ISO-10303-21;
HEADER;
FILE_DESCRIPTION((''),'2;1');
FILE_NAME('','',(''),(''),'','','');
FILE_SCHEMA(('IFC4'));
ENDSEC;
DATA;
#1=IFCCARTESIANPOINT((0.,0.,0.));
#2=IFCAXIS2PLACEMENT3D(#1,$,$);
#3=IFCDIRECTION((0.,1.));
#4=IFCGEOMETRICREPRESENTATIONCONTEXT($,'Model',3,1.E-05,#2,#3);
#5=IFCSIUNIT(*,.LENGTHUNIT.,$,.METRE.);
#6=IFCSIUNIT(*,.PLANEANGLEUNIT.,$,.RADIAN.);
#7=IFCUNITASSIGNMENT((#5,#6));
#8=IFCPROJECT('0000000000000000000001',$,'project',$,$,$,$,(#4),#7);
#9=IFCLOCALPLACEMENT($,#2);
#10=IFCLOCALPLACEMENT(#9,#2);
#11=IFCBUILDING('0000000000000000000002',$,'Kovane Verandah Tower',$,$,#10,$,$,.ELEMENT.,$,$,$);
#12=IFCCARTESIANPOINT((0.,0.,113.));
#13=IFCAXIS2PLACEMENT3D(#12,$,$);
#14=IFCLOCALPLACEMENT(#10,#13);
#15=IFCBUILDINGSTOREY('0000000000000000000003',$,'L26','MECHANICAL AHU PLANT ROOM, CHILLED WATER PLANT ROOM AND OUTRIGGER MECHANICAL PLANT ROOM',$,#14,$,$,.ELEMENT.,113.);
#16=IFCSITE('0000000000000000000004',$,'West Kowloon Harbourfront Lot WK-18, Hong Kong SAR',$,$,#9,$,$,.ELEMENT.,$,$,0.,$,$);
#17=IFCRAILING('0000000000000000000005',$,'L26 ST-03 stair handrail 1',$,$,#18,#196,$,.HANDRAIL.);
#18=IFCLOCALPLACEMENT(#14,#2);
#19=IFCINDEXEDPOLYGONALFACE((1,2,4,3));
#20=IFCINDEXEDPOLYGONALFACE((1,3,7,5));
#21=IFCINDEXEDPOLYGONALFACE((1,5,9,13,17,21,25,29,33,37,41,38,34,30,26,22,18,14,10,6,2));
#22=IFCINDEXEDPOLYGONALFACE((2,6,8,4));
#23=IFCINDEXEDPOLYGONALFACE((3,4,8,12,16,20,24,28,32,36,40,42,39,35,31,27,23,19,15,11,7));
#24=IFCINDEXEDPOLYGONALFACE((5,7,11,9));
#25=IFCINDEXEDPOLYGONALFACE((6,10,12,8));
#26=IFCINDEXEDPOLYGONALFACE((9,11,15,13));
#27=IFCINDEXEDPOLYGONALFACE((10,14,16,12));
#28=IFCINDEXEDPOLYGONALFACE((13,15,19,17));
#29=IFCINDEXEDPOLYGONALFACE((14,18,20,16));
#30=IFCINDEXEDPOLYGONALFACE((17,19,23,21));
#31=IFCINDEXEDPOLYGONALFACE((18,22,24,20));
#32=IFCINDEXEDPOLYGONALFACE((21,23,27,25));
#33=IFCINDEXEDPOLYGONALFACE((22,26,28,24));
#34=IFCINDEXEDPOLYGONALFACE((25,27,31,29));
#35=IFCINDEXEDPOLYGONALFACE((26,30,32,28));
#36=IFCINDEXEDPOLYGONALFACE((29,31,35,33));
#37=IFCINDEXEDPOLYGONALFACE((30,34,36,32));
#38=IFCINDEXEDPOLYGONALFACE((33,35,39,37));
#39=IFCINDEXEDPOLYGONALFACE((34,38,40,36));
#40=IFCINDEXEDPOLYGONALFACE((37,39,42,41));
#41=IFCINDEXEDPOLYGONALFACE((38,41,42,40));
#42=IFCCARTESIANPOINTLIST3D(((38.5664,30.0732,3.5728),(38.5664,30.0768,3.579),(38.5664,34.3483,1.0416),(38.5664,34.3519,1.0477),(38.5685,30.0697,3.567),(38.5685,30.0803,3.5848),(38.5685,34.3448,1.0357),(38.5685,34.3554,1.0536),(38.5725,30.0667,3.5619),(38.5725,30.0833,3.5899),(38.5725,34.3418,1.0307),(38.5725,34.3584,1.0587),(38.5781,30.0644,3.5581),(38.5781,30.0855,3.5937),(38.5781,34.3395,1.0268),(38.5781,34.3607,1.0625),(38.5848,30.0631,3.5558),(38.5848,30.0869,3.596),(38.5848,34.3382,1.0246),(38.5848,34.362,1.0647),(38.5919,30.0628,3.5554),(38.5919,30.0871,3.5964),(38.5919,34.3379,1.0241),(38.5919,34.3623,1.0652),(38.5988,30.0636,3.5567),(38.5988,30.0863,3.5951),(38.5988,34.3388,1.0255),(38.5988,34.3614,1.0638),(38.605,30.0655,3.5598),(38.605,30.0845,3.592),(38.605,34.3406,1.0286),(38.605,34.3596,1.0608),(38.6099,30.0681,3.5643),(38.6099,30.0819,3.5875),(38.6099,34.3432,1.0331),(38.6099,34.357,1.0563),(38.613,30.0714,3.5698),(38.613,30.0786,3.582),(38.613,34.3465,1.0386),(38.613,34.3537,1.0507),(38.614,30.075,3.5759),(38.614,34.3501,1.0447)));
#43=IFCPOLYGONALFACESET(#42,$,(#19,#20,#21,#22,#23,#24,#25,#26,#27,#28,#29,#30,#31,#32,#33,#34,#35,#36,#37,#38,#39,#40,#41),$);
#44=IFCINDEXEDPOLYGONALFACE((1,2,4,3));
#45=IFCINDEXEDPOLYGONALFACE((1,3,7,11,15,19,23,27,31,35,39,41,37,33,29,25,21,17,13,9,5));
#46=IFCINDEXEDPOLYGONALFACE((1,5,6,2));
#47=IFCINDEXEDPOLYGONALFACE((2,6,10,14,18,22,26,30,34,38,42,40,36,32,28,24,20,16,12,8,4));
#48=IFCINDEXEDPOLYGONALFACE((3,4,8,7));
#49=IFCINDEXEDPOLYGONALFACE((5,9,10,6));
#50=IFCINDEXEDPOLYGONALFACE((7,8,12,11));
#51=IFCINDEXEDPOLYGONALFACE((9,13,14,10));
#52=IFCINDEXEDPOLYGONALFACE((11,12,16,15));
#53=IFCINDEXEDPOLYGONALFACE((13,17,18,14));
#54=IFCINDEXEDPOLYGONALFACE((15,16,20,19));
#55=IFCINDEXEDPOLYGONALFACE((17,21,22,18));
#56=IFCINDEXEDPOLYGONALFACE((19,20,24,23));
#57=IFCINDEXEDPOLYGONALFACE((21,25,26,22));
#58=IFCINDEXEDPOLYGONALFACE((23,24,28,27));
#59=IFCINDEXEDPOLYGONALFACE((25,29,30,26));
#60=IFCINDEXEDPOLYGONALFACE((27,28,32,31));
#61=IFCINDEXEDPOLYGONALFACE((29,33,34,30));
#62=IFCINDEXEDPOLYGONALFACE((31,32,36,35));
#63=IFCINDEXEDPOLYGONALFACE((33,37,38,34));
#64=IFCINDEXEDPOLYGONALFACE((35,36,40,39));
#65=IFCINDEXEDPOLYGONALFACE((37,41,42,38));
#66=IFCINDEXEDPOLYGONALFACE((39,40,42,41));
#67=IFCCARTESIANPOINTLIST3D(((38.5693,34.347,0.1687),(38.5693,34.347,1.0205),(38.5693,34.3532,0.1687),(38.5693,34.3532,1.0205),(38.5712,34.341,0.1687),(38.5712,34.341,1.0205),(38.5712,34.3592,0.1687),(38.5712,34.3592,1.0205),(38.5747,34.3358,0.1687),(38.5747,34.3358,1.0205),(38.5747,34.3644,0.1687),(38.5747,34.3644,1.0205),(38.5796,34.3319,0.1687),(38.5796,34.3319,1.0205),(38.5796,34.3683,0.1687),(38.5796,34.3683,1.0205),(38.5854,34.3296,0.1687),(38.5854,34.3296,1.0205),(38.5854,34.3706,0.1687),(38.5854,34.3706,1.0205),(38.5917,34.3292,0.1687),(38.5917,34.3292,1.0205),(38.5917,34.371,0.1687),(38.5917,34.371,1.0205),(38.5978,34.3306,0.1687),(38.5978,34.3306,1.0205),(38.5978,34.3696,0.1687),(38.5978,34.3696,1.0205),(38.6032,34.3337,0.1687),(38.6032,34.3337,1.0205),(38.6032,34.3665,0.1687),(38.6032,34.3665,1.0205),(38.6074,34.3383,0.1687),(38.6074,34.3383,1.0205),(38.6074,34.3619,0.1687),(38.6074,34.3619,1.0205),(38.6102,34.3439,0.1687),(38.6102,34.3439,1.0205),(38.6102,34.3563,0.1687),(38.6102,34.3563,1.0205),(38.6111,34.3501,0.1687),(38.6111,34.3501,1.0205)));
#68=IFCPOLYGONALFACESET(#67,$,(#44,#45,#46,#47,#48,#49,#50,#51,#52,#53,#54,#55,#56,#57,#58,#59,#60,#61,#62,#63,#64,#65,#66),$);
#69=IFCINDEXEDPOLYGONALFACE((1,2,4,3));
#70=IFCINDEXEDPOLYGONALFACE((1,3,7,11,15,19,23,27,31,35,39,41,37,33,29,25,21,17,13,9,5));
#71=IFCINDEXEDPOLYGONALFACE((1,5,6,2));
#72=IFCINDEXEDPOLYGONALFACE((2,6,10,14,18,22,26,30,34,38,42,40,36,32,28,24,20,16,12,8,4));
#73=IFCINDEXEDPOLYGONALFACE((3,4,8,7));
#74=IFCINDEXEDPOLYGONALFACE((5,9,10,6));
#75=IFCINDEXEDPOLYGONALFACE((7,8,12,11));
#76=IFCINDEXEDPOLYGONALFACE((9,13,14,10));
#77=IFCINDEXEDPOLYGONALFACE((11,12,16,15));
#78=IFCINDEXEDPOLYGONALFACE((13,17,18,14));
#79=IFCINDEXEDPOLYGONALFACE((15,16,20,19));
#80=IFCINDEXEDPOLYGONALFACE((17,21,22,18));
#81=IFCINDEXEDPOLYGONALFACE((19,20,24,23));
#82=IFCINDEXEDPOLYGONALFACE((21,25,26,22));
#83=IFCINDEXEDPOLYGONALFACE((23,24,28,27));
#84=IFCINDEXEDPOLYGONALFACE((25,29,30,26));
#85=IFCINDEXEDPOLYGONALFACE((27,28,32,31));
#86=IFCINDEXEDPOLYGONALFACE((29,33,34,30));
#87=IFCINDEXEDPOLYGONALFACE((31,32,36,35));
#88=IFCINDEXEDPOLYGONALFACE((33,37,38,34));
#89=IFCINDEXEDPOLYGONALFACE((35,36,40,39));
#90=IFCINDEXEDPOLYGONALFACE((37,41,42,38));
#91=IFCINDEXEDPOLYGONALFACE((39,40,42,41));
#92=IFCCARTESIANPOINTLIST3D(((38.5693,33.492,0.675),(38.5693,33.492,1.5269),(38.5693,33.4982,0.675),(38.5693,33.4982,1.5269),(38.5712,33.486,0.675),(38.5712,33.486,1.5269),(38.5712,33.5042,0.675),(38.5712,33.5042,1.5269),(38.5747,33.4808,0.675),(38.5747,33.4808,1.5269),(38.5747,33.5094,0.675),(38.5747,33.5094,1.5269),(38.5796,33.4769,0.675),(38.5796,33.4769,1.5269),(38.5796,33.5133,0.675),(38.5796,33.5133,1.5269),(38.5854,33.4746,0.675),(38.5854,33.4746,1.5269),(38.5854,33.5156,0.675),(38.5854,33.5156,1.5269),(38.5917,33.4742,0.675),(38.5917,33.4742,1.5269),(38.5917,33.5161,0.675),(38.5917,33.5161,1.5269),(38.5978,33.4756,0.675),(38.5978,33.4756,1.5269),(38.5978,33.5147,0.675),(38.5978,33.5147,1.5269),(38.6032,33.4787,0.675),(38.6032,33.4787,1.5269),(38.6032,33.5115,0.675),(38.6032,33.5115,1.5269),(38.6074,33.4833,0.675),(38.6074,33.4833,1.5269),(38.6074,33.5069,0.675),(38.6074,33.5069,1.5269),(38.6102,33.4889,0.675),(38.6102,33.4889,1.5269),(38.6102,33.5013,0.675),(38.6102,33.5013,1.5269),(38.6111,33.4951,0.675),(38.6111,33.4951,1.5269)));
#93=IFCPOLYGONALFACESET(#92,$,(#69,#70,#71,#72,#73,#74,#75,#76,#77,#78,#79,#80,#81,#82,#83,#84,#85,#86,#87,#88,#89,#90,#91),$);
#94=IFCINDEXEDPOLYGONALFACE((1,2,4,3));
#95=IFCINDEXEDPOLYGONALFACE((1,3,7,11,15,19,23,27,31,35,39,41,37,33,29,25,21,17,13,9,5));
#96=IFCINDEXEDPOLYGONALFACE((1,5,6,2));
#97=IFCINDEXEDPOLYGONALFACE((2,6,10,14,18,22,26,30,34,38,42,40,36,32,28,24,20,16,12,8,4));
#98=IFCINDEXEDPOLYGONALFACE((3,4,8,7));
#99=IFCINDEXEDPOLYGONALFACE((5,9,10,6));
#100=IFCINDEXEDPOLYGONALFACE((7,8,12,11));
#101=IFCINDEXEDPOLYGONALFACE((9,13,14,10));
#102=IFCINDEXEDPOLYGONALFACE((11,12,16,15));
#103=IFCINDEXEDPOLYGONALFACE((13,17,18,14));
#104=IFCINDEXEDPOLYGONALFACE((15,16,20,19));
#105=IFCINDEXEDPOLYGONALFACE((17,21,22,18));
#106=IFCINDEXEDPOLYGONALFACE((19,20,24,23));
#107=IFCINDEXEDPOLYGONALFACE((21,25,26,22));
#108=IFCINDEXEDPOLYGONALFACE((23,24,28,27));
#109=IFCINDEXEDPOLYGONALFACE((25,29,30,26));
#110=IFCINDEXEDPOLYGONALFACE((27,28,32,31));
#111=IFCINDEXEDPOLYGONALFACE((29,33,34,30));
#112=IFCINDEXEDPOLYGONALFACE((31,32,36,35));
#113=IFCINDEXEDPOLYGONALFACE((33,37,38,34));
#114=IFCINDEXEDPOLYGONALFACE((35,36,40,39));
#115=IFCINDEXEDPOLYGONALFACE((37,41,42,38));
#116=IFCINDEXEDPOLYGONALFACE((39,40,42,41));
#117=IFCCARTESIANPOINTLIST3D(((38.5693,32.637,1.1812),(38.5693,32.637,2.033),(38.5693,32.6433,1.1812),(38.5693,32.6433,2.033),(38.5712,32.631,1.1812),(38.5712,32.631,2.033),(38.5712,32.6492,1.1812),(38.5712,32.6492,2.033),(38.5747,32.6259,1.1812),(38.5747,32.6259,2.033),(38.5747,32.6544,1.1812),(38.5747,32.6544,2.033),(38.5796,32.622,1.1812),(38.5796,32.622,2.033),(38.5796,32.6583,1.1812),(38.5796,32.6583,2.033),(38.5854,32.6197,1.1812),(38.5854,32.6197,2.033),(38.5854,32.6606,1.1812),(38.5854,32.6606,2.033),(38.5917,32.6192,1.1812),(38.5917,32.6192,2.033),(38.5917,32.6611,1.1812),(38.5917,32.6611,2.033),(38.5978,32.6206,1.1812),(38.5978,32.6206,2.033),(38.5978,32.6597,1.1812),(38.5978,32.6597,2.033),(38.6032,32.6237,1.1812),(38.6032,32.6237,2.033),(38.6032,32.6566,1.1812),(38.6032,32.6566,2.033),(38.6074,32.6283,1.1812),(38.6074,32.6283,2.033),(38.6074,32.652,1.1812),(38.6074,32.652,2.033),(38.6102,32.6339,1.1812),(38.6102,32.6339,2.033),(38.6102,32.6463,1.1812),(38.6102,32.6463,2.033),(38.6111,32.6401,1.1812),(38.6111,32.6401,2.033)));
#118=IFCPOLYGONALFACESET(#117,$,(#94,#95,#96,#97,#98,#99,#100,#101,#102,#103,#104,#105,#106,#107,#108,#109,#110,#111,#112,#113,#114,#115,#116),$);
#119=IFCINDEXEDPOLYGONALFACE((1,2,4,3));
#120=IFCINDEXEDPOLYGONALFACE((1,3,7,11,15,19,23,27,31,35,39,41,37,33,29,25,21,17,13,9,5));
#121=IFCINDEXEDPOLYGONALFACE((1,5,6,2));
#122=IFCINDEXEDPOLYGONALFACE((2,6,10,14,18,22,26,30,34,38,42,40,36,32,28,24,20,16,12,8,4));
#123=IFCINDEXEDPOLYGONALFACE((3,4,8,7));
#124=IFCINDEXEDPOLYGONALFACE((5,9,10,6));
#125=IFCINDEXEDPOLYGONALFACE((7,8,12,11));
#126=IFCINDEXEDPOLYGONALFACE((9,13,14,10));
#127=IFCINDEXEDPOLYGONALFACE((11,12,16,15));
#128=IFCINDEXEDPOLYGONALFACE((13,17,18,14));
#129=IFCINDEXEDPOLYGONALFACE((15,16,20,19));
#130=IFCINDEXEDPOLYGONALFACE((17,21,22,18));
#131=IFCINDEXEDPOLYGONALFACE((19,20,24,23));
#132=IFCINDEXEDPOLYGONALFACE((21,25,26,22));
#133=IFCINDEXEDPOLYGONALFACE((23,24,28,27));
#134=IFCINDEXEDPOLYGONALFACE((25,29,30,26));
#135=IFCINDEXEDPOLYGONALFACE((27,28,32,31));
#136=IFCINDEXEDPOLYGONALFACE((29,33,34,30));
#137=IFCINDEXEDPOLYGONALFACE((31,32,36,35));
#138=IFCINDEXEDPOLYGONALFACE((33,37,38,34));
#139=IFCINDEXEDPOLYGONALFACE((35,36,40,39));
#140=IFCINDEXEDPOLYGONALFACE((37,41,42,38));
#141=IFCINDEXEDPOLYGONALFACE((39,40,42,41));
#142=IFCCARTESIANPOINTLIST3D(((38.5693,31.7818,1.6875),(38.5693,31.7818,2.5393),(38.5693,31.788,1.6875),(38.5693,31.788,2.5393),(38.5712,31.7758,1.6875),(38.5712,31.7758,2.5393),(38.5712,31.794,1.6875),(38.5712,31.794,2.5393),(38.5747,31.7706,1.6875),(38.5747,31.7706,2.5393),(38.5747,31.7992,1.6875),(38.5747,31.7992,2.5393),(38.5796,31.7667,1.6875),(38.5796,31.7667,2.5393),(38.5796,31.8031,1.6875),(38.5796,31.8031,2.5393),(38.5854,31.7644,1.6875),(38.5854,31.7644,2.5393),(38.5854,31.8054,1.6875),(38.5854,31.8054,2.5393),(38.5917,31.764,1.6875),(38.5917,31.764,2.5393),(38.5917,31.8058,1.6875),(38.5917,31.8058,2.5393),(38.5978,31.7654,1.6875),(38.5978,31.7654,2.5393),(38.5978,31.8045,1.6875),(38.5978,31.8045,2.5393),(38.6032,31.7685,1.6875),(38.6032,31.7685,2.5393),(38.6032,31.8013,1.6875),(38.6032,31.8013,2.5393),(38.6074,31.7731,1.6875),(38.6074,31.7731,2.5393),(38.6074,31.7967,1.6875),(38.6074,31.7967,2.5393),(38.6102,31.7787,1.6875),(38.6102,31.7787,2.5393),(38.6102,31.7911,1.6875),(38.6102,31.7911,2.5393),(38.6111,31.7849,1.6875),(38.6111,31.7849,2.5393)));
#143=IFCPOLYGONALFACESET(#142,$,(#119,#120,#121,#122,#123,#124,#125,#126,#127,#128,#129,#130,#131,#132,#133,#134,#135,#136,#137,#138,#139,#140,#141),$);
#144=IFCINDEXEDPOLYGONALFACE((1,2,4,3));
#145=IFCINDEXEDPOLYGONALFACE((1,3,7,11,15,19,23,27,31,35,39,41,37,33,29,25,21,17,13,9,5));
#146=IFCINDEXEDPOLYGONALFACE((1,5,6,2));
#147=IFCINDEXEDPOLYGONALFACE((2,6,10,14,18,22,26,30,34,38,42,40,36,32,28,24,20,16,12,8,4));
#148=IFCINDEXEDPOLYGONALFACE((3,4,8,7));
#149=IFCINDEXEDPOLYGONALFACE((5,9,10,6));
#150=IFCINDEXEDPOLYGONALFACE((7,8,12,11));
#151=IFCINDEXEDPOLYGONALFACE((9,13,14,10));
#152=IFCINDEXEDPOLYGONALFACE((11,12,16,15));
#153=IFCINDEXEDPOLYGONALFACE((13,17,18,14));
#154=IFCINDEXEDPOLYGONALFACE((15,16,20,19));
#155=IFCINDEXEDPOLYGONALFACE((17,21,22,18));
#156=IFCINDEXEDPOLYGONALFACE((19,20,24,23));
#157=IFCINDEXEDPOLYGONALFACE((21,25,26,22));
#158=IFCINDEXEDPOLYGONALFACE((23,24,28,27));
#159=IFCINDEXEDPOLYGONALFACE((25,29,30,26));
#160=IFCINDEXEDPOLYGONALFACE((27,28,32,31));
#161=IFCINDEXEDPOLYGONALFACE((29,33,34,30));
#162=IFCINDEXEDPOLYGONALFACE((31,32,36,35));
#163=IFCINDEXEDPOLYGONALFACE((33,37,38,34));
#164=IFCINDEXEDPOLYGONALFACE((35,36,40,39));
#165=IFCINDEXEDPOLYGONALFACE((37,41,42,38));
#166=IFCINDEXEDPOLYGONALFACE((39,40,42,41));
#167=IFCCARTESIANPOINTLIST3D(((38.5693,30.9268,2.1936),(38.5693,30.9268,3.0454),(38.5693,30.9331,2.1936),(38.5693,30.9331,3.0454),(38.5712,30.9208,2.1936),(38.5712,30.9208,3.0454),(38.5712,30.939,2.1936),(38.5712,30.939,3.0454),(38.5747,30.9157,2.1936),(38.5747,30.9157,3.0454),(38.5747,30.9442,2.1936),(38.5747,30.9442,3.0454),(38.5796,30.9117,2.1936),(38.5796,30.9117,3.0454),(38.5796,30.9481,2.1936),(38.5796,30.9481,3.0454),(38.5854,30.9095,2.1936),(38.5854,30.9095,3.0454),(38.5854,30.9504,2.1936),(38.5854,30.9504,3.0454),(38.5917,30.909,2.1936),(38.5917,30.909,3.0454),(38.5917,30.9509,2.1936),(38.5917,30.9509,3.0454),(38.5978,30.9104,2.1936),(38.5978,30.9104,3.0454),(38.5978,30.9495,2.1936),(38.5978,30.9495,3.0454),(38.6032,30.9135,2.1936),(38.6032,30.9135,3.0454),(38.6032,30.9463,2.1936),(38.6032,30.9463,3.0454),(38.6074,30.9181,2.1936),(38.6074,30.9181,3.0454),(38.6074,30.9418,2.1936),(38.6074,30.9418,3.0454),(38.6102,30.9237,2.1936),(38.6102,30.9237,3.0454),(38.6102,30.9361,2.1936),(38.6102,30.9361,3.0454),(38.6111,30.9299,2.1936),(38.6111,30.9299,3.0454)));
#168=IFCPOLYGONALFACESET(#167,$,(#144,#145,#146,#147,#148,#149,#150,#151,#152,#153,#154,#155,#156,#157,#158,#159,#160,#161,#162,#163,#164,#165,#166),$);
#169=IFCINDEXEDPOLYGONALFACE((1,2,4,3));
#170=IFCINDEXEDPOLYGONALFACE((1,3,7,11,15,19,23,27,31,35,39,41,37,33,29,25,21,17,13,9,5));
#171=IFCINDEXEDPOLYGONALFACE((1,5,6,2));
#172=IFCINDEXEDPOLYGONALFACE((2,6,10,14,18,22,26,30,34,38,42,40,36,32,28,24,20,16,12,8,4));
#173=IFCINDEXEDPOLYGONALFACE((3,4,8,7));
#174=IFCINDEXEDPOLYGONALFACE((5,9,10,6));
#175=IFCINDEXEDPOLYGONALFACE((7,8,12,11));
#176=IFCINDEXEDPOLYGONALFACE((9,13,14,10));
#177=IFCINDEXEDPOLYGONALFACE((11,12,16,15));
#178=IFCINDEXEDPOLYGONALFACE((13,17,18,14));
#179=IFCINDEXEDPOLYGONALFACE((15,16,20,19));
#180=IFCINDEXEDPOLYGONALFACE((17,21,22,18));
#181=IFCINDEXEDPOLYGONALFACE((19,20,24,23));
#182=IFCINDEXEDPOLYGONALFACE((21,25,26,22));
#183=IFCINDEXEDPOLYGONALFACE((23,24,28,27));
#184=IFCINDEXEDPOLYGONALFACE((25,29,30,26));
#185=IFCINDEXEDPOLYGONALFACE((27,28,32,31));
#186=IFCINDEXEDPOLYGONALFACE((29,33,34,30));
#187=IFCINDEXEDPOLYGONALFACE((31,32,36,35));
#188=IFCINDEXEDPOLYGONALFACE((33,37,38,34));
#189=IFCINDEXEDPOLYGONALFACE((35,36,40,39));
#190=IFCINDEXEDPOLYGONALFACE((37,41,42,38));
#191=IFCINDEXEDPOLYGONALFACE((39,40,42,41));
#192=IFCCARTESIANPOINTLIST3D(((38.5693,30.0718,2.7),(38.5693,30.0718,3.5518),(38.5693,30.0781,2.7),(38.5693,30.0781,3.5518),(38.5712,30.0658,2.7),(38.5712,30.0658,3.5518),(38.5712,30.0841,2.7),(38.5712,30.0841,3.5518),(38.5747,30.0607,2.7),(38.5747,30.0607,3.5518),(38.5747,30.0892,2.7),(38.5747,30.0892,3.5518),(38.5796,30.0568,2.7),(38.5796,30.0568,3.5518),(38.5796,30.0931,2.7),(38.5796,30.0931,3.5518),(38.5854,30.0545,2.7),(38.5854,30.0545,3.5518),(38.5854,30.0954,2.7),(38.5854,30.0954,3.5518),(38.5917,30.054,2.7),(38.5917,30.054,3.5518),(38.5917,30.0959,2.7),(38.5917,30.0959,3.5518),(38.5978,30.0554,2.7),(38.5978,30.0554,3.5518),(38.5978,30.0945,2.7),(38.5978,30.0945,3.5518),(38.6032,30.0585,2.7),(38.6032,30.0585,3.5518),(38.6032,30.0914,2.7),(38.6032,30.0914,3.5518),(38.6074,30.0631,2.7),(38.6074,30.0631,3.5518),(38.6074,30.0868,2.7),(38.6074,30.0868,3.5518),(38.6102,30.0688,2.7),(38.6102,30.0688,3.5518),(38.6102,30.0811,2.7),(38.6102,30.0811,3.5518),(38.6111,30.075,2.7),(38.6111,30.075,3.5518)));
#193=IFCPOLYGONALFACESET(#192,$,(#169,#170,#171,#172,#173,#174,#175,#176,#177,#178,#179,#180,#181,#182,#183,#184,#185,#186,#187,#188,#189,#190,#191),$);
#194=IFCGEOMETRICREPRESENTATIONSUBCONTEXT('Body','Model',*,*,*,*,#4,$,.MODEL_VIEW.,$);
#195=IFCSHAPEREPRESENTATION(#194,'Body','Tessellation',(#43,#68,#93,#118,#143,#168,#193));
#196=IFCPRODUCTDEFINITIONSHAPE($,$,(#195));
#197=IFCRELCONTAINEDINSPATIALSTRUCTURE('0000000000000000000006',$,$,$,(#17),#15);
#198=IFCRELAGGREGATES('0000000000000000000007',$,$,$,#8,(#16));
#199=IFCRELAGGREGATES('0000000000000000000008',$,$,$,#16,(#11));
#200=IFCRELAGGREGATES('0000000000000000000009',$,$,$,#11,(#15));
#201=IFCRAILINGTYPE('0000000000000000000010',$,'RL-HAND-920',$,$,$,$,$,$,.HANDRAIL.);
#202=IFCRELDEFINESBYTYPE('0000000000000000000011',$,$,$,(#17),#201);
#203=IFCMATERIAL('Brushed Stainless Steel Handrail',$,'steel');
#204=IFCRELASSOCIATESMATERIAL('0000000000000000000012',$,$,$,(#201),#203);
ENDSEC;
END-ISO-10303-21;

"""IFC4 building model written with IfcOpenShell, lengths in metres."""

from ifc_helpers import new_model, si_unit, direction, frame, origin, origin_2d, place, context, subcontext, project, spatial, circle, extrude, material, type_object, element, save


model = new_model("IFC4")

# Units and contexts
model_context = context("Model", 3, precision=1e-05, world=origin(), true_north=direction((0.0, 1.0)))
body_context = subcontext(model_context, "Body", "Model", "MODEL_VIEW")
ifc_project = project(units=[si_unit("LENGTHUNIT", "METRE"), si_unit("PLANEANGLEUNIT", "RADIAN")], contexts=[model_context])

# Site, building, storey
site_placement = place(None, origin())
site = spatial("IfcSite", under=ifc_project, at=site_placement, Name="West Kowloon Harbourfront Lot WK-18, Hong Kong SAR", CompositionType="ELEMENT", RefElevation=0.0)
building_placement = place(site_placement, origin())
building = spatial("IfcBuilding", under=site, at=building_placement, Name="Kovane Verandah Tower", CompositionType="ELEMENT")
storey_placement = place(building_placement, frame((0.0, 0.0, 113.0)))
storey = spatial("IfcBuildingStorey", under=building, at=storey_placement, Name="L26", Description="MECHANICAL AHU PLANT ROOM, CHILLED WATER PLANT ROOM AND OUTRIGGER MECHANICAL PLANT ROOM", CompositionType="ELEMENT", Elevation=113.0)

# Railing
ifc_material_1 = material(Name="Brushed Stainless Steel Handrail", Category="steel")
railing_type_1 = type_object("IfcRailingType", Name="RL-HAND-920", PredefinedType="HANDRAIL", material=ifc_material_1)
railing_1_placement = place(storey_placement, frame((38.5901, 34.3501, 0.1687)))
element("IfcRailing", 1, at=railing_1_placement, inside=storey, type_object=railing_type_1, Name="L26 ST-03 stair handrail 1", PredefinedType="HANDRAIL", context=body_context, shape_type="SweptSolid", body=[
    extrude(circle(Radius=0.0239, at=origin_2d()), frame((0.0, 0.0, 0.876), z_axis=(0.0, -0.860483, 0.509479), x_axis=(1.0, 0.0, 0.0)), (0.0, 0.0, 1.0), 4.9683),
    extrude(circle(Radius=0.021, at=origin_2d()), origin(), (0.0, 0.0, 1.0), 0.8518),
    extrude(circle(Radius=0.021, at=origin_2d()), frame((0.0, -0.855, 0.5063)), (0.0, 0.0, 1.0), 0.8518),
    extrude(circle(Radius=0.021, at=origin_2d()), frame((0.0, -1.71, 1.0125)), (0.0, 0.0, 1.0), 0.8518),
    extrude(circle(Radius=0.021, at=origin_2d()), frame((0.0, -2.5652, 1.5188)), (0.0, 0.0, 1.0), 0.8518),
    extrude(circle(Radius=0.021, at=origin_2d()), frame((0.0, -3.4202, 2.0249)), (0.0, 0.0, 1.0), 0.8518),
    extrude(circle(Radius=0.021, at=origin_2d()), frame((0.0, -4.2751, 2.5312)), (0.0, 0.0, 1.0), 0.8518),
])

save(model, "model.ifc")
